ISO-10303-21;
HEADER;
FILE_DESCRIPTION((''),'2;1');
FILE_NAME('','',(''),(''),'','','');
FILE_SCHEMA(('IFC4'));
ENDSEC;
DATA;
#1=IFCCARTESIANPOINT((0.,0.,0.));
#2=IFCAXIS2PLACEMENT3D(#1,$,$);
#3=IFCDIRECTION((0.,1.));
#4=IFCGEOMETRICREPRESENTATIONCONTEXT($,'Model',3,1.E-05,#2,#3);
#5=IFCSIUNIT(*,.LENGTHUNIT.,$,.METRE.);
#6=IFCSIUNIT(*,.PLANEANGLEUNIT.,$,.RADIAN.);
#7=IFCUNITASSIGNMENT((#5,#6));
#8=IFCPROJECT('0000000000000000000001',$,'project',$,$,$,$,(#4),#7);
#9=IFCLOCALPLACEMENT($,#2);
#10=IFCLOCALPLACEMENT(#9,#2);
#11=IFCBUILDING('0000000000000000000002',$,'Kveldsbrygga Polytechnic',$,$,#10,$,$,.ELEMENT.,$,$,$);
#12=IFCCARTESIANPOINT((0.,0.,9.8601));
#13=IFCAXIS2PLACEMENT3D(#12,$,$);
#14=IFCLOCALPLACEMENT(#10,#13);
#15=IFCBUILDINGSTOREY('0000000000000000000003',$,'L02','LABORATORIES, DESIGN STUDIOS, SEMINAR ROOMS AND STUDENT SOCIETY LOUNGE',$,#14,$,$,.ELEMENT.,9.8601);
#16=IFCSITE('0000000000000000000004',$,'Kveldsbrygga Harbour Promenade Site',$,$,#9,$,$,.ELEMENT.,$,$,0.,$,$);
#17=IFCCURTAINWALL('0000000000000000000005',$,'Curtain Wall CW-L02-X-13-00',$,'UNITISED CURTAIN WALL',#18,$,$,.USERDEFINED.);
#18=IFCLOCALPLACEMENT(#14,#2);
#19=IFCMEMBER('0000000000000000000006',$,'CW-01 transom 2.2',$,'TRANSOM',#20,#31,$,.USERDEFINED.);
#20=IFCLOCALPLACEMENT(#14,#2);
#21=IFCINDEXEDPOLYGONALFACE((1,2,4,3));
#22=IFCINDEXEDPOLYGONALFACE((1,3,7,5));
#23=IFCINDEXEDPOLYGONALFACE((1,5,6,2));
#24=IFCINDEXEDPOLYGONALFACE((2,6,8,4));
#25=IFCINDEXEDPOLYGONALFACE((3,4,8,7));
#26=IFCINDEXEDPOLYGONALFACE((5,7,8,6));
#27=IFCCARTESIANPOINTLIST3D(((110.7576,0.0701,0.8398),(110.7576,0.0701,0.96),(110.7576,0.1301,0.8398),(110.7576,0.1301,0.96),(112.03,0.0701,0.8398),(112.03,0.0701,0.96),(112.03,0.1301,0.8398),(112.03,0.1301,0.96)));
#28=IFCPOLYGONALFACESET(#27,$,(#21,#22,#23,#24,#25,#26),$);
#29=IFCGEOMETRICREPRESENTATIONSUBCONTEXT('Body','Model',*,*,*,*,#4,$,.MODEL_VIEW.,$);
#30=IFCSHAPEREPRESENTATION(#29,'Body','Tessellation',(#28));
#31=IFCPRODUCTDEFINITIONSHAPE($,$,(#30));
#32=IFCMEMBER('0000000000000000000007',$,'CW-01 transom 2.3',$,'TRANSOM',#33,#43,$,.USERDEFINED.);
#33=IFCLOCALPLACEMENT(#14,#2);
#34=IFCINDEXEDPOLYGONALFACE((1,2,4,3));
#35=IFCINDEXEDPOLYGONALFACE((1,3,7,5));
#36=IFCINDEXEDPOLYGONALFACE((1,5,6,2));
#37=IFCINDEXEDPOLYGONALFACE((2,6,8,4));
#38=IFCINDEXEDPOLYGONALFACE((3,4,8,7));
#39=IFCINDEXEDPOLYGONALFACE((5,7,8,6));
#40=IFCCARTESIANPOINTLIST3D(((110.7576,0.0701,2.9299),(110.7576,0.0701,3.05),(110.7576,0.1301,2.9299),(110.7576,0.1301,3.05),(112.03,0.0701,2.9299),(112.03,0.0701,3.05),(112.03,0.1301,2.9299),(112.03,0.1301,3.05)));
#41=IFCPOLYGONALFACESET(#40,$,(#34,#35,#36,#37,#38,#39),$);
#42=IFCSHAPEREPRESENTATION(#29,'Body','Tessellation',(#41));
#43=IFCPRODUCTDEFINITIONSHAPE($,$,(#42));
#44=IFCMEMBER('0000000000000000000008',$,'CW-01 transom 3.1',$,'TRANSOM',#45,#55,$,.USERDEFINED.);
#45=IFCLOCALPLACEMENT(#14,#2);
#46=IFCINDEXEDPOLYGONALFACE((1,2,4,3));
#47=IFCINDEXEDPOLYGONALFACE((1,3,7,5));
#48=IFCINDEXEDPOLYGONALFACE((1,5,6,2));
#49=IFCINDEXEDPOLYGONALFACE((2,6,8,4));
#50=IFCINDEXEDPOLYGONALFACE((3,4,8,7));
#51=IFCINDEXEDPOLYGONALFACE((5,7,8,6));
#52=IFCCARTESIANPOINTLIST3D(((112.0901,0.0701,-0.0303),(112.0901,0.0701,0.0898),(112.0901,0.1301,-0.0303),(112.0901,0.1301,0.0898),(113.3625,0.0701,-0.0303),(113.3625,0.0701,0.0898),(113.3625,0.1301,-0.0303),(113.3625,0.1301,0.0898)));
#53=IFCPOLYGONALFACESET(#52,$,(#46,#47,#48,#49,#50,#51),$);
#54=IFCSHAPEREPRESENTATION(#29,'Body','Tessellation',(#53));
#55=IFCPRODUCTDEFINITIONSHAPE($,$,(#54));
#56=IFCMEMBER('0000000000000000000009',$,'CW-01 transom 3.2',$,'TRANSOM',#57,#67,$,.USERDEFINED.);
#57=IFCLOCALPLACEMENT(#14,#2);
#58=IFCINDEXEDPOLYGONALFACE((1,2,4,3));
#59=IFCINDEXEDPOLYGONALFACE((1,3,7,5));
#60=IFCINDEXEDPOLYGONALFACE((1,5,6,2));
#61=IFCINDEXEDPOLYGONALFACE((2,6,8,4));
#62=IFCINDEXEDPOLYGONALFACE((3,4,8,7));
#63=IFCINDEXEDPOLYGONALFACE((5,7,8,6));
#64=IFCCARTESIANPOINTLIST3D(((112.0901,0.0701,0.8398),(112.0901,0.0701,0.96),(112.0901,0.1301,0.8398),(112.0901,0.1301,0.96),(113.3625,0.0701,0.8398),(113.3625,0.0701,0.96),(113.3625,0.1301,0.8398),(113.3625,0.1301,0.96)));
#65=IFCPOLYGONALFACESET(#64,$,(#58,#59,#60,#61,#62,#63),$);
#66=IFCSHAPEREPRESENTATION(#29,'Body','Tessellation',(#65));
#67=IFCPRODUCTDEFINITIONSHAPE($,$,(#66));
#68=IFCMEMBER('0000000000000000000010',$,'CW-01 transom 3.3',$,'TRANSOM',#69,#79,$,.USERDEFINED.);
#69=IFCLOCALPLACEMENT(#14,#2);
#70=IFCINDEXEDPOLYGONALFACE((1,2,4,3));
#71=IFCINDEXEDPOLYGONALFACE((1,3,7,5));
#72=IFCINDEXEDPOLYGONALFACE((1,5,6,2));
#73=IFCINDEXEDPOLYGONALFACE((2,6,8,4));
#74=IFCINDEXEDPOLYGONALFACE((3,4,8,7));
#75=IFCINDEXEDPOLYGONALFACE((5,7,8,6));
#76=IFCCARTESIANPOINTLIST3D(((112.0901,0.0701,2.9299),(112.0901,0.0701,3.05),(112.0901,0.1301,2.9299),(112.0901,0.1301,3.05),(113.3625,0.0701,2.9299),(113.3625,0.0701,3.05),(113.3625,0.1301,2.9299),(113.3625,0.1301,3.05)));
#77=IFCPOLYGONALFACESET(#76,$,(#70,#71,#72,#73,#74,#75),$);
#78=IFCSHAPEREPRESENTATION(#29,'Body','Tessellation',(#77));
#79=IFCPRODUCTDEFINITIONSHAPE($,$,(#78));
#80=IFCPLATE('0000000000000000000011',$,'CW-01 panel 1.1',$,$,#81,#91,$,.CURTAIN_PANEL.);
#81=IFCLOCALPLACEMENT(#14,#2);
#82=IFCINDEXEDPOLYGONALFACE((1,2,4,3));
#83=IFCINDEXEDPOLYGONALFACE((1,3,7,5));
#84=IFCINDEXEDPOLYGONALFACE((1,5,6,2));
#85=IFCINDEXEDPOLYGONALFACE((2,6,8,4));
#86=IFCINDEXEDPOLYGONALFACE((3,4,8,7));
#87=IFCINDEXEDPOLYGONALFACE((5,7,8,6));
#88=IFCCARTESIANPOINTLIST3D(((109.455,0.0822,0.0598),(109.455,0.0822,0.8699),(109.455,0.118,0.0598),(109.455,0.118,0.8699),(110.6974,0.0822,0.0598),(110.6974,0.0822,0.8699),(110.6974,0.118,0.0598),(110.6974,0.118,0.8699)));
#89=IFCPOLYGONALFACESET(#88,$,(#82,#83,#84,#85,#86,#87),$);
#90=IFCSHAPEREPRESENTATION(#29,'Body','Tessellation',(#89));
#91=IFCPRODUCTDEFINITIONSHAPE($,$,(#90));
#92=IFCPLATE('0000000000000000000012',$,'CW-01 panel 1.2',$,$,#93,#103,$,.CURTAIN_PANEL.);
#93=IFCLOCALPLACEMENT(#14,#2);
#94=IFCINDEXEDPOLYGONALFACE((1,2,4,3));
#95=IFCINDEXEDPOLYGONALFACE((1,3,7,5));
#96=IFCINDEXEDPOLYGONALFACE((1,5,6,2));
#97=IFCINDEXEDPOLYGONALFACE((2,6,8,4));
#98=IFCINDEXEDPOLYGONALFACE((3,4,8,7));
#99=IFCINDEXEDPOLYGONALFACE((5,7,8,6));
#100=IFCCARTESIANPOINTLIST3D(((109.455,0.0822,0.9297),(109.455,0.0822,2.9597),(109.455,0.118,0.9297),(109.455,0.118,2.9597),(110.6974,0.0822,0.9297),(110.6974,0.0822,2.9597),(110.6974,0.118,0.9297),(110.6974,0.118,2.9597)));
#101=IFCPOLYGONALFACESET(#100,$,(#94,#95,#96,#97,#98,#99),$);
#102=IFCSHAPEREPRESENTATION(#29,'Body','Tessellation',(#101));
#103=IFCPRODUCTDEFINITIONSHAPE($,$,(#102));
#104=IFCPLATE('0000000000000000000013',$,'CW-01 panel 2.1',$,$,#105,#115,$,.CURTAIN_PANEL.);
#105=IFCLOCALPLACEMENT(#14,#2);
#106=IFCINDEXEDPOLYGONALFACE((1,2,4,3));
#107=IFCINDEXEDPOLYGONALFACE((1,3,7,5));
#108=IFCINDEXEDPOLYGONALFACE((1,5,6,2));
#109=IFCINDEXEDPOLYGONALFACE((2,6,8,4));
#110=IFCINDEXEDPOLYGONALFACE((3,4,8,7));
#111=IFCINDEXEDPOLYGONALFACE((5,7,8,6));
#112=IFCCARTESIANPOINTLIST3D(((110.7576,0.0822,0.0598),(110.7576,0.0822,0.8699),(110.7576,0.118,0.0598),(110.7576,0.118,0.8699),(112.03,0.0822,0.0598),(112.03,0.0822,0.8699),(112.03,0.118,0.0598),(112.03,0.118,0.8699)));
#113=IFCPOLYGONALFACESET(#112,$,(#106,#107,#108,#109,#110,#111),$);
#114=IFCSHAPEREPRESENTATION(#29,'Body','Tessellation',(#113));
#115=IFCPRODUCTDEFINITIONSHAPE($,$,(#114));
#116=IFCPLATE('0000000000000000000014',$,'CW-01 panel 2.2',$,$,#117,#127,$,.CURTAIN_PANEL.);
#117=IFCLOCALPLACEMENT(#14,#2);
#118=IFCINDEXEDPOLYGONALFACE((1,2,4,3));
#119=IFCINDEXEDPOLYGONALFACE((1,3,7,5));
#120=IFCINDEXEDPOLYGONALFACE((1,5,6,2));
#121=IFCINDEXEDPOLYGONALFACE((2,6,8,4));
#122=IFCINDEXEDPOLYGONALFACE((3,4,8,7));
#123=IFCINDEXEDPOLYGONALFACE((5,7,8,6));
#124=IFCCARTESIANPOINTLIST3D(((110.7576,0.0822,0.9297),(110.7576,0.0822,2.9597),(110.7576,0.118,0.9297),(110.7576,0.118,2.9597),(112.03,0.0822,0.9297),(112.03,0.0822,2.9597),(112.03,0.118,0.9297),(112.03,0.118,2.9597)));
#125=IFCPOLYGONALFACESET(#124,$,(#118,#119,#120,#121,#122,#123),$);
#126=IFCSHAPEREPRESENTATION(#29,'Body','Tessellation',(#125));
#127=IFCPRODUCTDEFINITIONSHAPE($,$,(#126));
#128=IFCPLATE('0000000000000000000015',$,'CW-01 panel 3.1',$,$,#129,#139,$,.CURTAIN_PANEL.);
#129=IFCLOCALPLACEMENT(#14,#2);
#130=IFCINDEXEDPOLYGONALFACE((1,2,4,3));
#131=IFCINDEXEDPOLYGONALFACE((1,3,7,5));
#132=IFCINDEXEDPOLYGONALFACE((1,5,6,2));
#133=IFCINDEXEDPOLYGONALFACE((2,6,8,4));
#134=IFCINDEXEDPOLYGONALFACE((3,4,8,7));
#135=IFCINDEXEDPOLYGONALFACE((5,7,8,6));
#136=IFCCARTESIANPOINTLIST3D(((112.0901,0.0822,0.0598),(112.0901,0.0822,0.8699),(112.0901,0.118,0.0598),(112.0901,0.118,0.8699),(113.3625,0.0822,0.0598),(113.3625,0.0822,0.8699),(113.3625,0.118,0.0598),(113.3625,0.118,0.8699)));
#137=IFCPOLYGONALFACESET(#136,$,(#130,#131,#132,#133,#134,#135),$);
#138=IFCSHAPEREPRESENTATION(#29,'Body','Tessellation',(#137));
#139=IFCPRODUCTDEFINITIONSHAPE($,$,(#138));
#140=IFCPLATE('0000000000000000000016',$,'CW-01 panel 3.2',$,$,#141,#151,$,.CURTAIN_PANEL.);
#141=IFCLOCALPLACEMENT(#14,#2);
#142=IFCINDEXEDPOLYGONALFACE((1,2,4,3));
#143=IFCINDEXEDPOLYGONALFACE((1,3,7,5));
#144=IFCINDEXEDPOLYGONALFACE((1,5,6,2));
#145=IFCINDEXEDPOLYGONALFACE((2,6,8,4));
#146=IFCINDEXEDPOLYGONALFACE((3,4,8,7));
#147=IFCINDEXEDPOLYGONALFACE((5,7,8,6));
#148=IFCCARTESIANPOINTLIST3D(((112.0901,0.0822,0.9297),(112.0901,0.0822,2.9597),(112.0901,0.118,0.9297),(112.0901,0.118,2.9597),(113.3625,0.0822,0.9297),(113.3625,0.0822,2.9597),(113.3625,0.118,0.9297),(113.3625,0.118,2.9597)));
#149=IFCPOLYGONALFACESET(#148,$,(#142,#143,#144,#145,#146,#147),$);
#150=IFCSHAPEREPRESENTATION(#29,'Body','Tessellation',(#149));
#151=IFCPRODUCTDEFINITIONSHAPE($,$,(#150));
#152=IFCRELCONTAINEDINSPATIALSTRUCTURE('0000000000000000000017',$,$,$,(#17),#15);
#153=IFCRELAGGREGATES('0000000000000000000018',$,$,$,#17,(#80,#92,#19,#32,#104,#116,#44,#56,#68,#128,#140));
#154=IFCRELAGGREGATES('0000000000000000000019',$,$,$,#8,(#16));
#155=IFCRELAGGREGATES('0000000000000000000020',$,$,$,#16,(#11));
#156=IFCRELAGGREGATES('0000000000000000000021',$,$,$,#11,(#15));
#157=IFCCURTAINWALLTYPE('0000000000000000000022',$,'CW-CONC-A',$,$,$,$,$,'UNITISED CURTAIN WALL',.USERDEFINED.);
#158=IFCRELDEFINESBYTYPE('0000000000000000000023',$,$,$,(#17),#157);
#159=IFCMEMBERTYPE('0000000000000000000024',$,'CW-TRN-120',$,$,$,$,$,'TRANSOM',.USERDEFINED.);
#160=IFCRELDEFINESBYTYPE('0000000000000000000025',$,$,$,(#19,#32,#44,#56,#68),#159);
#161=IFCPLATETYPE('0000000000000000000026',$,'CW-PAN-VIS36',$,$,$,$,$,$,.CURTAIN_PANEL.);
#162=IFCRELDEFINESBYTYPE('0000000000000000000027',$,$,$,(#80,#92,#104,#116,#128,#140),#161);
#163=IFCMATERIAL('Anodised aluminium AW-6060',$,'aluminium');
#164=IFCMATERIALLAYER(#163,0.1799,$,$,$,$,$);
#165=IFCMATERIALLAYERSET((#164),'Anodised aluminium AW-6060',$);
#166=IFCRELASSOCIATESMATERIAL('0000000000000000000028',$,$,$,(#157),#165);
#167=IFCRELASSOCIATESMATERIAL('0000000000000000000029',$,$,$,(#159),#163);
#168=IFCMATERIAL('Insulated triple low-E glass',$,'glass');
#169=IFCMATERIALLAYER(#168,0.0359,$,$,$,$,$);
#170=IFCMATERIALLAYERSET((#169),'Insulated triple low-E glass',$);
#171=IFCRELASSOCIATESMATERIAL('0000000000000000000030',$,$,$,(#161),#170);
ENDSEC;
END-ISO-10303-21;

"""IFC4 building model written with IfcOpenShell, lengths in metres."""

from ifc_helpers import new_model, si_unit, direction, frame, origin, origin_2d, place, context, subcontext, project, spatial, rectangle, extrude, material, layer, layer_set, material_profile, profile_set, type_object, element, aggregate, save


model = new_model("IFC4")

# Units and contexts
model_context = context("Model", 3, precision=1e-05, world=origin(), true_north=direction((0.0, 1.0)))
body_context = subcontext(model_context, "Body", "Model", "MODEL_VIEW")
ifc_project = project(units=[si_unit("LENGTHUNIT", "METRE"), si_unit("PLANEANGLEUNIT", "RADIAN")], contexts=[model_context])

# Site, building, storey
site_placement = place(None, origin())
site = spatial("IfcSite", under=ifc_project, at=site_placement, Name="Kveldsbrygga Harbour Promenade Site", CompositionType="ELEMENT", RefElevation=0.0)
building_placement = place(site_placement, origin())
building = spatial("IfcBuilding", under=site, at=building_placement, Name="Kveldsbrygga Polytechnic", CompositionType="ELEMENT")
storey_placement = place(building_placement, frame((0.0, 0.0, 9.8601)))
storey = spatial("IfcBuildingStorey", under=building, at=storey_placement, Name="L02", Description="LABORATORIES, DESIGN STUDIOS, SEMINAR ROOMS AND STUDENT SOCIETY LOUNGE", CompositionType="ELEMENT", Elevation=9.8601)

# Curtain wall, members, plates
ifc_material_1 = material(Name="Anodised aluminium AW-6060", Category="aluminium")
ifc_layer_1 = layer(ifc_material_1, 0.1799)
ifc_layer_set_1 = layer_set([ifc_layer_1], Name="Anodised aluminium AW-6060")
curtain_wall_type = type_object("IfcCurtainWallType", Name="CW-CONC-A", ElementType="UNITISED CURTAIN WALL", PredefinedType="USERDEFINED", material=ifc_layer_set_1)
curtain_wall_placement = place(storey_placement, origin())
curtain_wall = element("IfcCurtainWall", 1, at=curtain_wall_placement, inside=storey, type_object=curtain_wall_type, Name="Curtain Wall CW-L02-X-13-00", ObjectType="UNITISED CURTAIN WALL", PredefinedType="USERDEFINED")
ifc_material_profile_1 = material_profile(ifc_material_1, rectangle(XDim=0.0601, YDim=0.1201, at=origin_2d()), Name="ALU 60x120")
ifc_profile_set_1 = profile_set([ifc_material_profile_1], Name="Anodised aluminium AW-6060")
member_type_1 = type_object("IfcMemberType", Name="CW-TRN-120", ElementType="TRANSOM", PredefinedType="USERDEFINED", material=ifc_profile_set_1)
member_1_placement = place(storey_placement, frame((110.7576, 0.1001, 0.8999), z_axis=(1.0, 0.0, 0.0), x_axis=(0.0, 1.0, 0.0)))
member_1 = element("IfcMember", 2, at=member_1_placement, type_object=member_type_1, Name="CW-01 transom 2.2", ObjectType="TRANSOM", PredefinedType="USERDEFINED", context=body_context, shape_type="SweptSolid", body=[
    extrude(rectangle(XDim=0.0601, YDim=0.1201, at=origin_2d()), origin(), (0.0, 0.0, 1.0), 1.2725),
])
member_2_placement = place(storey_placement, frame((110.7576, 0.1001, 2.99), z_axis=(1.0, 0.0, 0.0), x_axis=(0.0, 1.0, 0.0)))
member_2 = element("IfcMember", 3, at=member_2_placement, type_object=member_type_1, Name="CW-01 transom 2.3", ObjectType="TRANSOM", PredefinedType="USERDEFINED", context=body_context, shape_type="SweptSolid", body=[
    extrude(rectangle(XDim=0.0601, YDim=0.1201, at=origin_2d()), origin(), (0.0, 0.0, 1.0), 1.2725),
])
member_3_placement = place(storey_placement, frame((112.0901, 0.1001, 0.0298), z_axis=(1.0, 0.0, 0.0), x_axis=(0.0, 1.0, 0.0)))
member_3 = element("IfcMember", 4, at=member_3_placement, type_object=member_type_1, Name="CW-01 transom 3.1", ObjectType="TRANSOM", PredefinedType="USERDEFINED", context=body_context, shape_type="SweptSolid", body=[
    extrude(rectangle(XDim=0.0601, YDim=0.1201, at=origin_2d()), origin(), (0.0, 0.0, 1.0), 1.2725),
])
member_4_placement = place(storey_placement, frame((112.0901, 0.1001, 0.8999), z_axis=(1.0, 0.0, 0.0), x_axis=(0.0, 1.0, 0.0)))
member_4 = element("IfcMember", 5, at=member_4_placement, type_object=member_type_1, Name="CW-01 transom 3.2", ObjectType="TRANSOM", PredefinedType="USERDEFINED", context=body_context, shape_type="SweptSolid", body=[
    extrude(rectangle(XDim=0.0601, YDim=0.1201, at=origin_2d()), origin(), (0.0, 0.0, 1.0), 1.2725),
])
member_5_placement = place(storey_placement, frame((112.0901, 0.1001, 2.99), z_axis=(1.0, 0.0, 0.0), x_axis=(0.0, 1.0, 0.0)))
member_5 = element("IfcMember", 6, at=member_5_placement, type_object=member_type_1, Name="CW-01 transom 3.3", ObjectType="TRANSOM", PredefinedType="USERDEFINED", context=body_context, shape_type="SweptSolid", body=[
    extrude(rectangle(XDim=0.0601, YDim=0.1201, at=origin_2d()), origin(), (0.0, 0.0, 1.0), 1.2725),
])
ifc_material_2 = material(Name="Insulated triple low-E glass", Category="glass")
ifc_layer_2 = layer(ifc_material_2, 0.0359)
ifc_layer_set_2 = layer_set([ifc_layer_2], Name="Insulated triple low-E glass")
plate_type = type_object("IfcPlateType", Name="CW-PAN-VIS36", PredefinedType="CURTAIN_PANEL", material=ifc_layer_set_2)
plate_1_placement = place(storey_placement, frame((110.0762, 0.1001, 0.0598), z_axis=(0.0, 0.0, 1.0), x_axis=(1.0, 0.0, 0.0)))
plate_1 = element("IfcPlate", 7, at=plate_1_placement, type_object=plate_type, Name="CW-01 panel 1.1", PredefinedType="CURTAIN_PANEL", context=body_context, shape_type="SweptSolid", body=[
    extrude(rectangle(XDim=1.2424, YDim=0.0359, at=origin_2d()), origin(), (0.0, 0.0, 1.0), 0.8101),
])
plate_2_placement = place(storey_placement, frame((110.0762, 0.1001, 0.9297), z_axis=(0.0, 0.0, 1.0), x_axis=(1.0, 0.0, 0.0)))
plate_2 = element("IfcPlate", 8, at=plate_2_placement, type_object=plate_type, Name="CW-01 panel 1.2", PredefinedType="CURTAIN_PANEL", context=body_context, shape_type="SweptSolid", body=[
    extrude(rectangle(XDim=1.2424, YDim=0.0359, at=origin_2d()), origin(), (0.0, 0.0, 1.0), 2.03),
])
plate_3_placement = place(storey_placement, frame((111.3938, 0.1001, 0.0598), z_axis=(0.0, 0.0, 1.0), x_axis=(1.0, 0.0, 0.0)))
plate_3 = element("IfcPlate", 9, at=plate_3_placement, type_object=plate_type, Name="CW-01 panel 2.1", PredefinedType="CURTAIN_PANEL", context=body_context, shape_type="SweptSolid", body=[
    extrude(rectangle(XDim=1.2725, YDim=0.0359, at=origin_2d()), origin(), (0.0, 0.0, 1.0), 0.8101),
])
plate_4_placement = place(storey_placement, frame((111.3938, 0.1001, 0.9297), z_axis=(0.0, 0.0, 1.0), x_axis=(1.0, 0.0, 0.0)))
plate_4 = element("IfcPlate", 10, at=plate_4_placement, type_object=plate_type, Name="CW-01 panel 2.2", PredefinedType="CURTAIN_PANEL", context=body_context, shape_type="SweptSolid", body=[
    extrude(rectangle(XDim=1.2725, YDim=0.0359, at=origin_2d()), origin(), (0.0, 0.0, 1.0), 2.03),
])
plate_5_placement = place(storey_placement, frame((112.7263, 0.1001, 0.0598), z_axis=(0.0, 0.0, 1.0), x_axis=(1.0, 0.0, 0.0)))
plate_5 = element("IfcPlate", 11, at=plate_5_placement, type_object=plate_type, Name="CW-01 panel 3.1", PredefinedType="CURTAIN_PANEL", context=body_context, shape_type="SweptSolid", body=[
    extrude(rectangle(XDim=1.2725, YDim=0.0359, at=origin_2d()), origin(), (0.0, 0.0, 1.0), 0.8101),
])
plate_6_placement = place(storey_placement, frame((112.7263, 0.1001, 0.9297), z_axis=(0.0, 0.0, 1.0), x_axis=(1.0, 0.0, 0.0)))
plate_6 = element("IfcPlate", 12, at=plate_6_placement, type_object=plate_type, Name="CW-01 panel 3.2", PredefinedType="CURTAIN_PANEL", context=body_context, shape_type="SweptSolid", body=[
    extrude(rectangle(XDim=1.2725, YDim=0.0359, at=origin_2d()), origin(), (0.0, 0.0, 1.0), 2.03),
])
aggregate(curtain_wall, [plate_1, plate_2, member_1, member_2, plate_3, plate_4, member_3, member_4, member_5, plate_5, plate_6])

save(model, "model.ifc")
